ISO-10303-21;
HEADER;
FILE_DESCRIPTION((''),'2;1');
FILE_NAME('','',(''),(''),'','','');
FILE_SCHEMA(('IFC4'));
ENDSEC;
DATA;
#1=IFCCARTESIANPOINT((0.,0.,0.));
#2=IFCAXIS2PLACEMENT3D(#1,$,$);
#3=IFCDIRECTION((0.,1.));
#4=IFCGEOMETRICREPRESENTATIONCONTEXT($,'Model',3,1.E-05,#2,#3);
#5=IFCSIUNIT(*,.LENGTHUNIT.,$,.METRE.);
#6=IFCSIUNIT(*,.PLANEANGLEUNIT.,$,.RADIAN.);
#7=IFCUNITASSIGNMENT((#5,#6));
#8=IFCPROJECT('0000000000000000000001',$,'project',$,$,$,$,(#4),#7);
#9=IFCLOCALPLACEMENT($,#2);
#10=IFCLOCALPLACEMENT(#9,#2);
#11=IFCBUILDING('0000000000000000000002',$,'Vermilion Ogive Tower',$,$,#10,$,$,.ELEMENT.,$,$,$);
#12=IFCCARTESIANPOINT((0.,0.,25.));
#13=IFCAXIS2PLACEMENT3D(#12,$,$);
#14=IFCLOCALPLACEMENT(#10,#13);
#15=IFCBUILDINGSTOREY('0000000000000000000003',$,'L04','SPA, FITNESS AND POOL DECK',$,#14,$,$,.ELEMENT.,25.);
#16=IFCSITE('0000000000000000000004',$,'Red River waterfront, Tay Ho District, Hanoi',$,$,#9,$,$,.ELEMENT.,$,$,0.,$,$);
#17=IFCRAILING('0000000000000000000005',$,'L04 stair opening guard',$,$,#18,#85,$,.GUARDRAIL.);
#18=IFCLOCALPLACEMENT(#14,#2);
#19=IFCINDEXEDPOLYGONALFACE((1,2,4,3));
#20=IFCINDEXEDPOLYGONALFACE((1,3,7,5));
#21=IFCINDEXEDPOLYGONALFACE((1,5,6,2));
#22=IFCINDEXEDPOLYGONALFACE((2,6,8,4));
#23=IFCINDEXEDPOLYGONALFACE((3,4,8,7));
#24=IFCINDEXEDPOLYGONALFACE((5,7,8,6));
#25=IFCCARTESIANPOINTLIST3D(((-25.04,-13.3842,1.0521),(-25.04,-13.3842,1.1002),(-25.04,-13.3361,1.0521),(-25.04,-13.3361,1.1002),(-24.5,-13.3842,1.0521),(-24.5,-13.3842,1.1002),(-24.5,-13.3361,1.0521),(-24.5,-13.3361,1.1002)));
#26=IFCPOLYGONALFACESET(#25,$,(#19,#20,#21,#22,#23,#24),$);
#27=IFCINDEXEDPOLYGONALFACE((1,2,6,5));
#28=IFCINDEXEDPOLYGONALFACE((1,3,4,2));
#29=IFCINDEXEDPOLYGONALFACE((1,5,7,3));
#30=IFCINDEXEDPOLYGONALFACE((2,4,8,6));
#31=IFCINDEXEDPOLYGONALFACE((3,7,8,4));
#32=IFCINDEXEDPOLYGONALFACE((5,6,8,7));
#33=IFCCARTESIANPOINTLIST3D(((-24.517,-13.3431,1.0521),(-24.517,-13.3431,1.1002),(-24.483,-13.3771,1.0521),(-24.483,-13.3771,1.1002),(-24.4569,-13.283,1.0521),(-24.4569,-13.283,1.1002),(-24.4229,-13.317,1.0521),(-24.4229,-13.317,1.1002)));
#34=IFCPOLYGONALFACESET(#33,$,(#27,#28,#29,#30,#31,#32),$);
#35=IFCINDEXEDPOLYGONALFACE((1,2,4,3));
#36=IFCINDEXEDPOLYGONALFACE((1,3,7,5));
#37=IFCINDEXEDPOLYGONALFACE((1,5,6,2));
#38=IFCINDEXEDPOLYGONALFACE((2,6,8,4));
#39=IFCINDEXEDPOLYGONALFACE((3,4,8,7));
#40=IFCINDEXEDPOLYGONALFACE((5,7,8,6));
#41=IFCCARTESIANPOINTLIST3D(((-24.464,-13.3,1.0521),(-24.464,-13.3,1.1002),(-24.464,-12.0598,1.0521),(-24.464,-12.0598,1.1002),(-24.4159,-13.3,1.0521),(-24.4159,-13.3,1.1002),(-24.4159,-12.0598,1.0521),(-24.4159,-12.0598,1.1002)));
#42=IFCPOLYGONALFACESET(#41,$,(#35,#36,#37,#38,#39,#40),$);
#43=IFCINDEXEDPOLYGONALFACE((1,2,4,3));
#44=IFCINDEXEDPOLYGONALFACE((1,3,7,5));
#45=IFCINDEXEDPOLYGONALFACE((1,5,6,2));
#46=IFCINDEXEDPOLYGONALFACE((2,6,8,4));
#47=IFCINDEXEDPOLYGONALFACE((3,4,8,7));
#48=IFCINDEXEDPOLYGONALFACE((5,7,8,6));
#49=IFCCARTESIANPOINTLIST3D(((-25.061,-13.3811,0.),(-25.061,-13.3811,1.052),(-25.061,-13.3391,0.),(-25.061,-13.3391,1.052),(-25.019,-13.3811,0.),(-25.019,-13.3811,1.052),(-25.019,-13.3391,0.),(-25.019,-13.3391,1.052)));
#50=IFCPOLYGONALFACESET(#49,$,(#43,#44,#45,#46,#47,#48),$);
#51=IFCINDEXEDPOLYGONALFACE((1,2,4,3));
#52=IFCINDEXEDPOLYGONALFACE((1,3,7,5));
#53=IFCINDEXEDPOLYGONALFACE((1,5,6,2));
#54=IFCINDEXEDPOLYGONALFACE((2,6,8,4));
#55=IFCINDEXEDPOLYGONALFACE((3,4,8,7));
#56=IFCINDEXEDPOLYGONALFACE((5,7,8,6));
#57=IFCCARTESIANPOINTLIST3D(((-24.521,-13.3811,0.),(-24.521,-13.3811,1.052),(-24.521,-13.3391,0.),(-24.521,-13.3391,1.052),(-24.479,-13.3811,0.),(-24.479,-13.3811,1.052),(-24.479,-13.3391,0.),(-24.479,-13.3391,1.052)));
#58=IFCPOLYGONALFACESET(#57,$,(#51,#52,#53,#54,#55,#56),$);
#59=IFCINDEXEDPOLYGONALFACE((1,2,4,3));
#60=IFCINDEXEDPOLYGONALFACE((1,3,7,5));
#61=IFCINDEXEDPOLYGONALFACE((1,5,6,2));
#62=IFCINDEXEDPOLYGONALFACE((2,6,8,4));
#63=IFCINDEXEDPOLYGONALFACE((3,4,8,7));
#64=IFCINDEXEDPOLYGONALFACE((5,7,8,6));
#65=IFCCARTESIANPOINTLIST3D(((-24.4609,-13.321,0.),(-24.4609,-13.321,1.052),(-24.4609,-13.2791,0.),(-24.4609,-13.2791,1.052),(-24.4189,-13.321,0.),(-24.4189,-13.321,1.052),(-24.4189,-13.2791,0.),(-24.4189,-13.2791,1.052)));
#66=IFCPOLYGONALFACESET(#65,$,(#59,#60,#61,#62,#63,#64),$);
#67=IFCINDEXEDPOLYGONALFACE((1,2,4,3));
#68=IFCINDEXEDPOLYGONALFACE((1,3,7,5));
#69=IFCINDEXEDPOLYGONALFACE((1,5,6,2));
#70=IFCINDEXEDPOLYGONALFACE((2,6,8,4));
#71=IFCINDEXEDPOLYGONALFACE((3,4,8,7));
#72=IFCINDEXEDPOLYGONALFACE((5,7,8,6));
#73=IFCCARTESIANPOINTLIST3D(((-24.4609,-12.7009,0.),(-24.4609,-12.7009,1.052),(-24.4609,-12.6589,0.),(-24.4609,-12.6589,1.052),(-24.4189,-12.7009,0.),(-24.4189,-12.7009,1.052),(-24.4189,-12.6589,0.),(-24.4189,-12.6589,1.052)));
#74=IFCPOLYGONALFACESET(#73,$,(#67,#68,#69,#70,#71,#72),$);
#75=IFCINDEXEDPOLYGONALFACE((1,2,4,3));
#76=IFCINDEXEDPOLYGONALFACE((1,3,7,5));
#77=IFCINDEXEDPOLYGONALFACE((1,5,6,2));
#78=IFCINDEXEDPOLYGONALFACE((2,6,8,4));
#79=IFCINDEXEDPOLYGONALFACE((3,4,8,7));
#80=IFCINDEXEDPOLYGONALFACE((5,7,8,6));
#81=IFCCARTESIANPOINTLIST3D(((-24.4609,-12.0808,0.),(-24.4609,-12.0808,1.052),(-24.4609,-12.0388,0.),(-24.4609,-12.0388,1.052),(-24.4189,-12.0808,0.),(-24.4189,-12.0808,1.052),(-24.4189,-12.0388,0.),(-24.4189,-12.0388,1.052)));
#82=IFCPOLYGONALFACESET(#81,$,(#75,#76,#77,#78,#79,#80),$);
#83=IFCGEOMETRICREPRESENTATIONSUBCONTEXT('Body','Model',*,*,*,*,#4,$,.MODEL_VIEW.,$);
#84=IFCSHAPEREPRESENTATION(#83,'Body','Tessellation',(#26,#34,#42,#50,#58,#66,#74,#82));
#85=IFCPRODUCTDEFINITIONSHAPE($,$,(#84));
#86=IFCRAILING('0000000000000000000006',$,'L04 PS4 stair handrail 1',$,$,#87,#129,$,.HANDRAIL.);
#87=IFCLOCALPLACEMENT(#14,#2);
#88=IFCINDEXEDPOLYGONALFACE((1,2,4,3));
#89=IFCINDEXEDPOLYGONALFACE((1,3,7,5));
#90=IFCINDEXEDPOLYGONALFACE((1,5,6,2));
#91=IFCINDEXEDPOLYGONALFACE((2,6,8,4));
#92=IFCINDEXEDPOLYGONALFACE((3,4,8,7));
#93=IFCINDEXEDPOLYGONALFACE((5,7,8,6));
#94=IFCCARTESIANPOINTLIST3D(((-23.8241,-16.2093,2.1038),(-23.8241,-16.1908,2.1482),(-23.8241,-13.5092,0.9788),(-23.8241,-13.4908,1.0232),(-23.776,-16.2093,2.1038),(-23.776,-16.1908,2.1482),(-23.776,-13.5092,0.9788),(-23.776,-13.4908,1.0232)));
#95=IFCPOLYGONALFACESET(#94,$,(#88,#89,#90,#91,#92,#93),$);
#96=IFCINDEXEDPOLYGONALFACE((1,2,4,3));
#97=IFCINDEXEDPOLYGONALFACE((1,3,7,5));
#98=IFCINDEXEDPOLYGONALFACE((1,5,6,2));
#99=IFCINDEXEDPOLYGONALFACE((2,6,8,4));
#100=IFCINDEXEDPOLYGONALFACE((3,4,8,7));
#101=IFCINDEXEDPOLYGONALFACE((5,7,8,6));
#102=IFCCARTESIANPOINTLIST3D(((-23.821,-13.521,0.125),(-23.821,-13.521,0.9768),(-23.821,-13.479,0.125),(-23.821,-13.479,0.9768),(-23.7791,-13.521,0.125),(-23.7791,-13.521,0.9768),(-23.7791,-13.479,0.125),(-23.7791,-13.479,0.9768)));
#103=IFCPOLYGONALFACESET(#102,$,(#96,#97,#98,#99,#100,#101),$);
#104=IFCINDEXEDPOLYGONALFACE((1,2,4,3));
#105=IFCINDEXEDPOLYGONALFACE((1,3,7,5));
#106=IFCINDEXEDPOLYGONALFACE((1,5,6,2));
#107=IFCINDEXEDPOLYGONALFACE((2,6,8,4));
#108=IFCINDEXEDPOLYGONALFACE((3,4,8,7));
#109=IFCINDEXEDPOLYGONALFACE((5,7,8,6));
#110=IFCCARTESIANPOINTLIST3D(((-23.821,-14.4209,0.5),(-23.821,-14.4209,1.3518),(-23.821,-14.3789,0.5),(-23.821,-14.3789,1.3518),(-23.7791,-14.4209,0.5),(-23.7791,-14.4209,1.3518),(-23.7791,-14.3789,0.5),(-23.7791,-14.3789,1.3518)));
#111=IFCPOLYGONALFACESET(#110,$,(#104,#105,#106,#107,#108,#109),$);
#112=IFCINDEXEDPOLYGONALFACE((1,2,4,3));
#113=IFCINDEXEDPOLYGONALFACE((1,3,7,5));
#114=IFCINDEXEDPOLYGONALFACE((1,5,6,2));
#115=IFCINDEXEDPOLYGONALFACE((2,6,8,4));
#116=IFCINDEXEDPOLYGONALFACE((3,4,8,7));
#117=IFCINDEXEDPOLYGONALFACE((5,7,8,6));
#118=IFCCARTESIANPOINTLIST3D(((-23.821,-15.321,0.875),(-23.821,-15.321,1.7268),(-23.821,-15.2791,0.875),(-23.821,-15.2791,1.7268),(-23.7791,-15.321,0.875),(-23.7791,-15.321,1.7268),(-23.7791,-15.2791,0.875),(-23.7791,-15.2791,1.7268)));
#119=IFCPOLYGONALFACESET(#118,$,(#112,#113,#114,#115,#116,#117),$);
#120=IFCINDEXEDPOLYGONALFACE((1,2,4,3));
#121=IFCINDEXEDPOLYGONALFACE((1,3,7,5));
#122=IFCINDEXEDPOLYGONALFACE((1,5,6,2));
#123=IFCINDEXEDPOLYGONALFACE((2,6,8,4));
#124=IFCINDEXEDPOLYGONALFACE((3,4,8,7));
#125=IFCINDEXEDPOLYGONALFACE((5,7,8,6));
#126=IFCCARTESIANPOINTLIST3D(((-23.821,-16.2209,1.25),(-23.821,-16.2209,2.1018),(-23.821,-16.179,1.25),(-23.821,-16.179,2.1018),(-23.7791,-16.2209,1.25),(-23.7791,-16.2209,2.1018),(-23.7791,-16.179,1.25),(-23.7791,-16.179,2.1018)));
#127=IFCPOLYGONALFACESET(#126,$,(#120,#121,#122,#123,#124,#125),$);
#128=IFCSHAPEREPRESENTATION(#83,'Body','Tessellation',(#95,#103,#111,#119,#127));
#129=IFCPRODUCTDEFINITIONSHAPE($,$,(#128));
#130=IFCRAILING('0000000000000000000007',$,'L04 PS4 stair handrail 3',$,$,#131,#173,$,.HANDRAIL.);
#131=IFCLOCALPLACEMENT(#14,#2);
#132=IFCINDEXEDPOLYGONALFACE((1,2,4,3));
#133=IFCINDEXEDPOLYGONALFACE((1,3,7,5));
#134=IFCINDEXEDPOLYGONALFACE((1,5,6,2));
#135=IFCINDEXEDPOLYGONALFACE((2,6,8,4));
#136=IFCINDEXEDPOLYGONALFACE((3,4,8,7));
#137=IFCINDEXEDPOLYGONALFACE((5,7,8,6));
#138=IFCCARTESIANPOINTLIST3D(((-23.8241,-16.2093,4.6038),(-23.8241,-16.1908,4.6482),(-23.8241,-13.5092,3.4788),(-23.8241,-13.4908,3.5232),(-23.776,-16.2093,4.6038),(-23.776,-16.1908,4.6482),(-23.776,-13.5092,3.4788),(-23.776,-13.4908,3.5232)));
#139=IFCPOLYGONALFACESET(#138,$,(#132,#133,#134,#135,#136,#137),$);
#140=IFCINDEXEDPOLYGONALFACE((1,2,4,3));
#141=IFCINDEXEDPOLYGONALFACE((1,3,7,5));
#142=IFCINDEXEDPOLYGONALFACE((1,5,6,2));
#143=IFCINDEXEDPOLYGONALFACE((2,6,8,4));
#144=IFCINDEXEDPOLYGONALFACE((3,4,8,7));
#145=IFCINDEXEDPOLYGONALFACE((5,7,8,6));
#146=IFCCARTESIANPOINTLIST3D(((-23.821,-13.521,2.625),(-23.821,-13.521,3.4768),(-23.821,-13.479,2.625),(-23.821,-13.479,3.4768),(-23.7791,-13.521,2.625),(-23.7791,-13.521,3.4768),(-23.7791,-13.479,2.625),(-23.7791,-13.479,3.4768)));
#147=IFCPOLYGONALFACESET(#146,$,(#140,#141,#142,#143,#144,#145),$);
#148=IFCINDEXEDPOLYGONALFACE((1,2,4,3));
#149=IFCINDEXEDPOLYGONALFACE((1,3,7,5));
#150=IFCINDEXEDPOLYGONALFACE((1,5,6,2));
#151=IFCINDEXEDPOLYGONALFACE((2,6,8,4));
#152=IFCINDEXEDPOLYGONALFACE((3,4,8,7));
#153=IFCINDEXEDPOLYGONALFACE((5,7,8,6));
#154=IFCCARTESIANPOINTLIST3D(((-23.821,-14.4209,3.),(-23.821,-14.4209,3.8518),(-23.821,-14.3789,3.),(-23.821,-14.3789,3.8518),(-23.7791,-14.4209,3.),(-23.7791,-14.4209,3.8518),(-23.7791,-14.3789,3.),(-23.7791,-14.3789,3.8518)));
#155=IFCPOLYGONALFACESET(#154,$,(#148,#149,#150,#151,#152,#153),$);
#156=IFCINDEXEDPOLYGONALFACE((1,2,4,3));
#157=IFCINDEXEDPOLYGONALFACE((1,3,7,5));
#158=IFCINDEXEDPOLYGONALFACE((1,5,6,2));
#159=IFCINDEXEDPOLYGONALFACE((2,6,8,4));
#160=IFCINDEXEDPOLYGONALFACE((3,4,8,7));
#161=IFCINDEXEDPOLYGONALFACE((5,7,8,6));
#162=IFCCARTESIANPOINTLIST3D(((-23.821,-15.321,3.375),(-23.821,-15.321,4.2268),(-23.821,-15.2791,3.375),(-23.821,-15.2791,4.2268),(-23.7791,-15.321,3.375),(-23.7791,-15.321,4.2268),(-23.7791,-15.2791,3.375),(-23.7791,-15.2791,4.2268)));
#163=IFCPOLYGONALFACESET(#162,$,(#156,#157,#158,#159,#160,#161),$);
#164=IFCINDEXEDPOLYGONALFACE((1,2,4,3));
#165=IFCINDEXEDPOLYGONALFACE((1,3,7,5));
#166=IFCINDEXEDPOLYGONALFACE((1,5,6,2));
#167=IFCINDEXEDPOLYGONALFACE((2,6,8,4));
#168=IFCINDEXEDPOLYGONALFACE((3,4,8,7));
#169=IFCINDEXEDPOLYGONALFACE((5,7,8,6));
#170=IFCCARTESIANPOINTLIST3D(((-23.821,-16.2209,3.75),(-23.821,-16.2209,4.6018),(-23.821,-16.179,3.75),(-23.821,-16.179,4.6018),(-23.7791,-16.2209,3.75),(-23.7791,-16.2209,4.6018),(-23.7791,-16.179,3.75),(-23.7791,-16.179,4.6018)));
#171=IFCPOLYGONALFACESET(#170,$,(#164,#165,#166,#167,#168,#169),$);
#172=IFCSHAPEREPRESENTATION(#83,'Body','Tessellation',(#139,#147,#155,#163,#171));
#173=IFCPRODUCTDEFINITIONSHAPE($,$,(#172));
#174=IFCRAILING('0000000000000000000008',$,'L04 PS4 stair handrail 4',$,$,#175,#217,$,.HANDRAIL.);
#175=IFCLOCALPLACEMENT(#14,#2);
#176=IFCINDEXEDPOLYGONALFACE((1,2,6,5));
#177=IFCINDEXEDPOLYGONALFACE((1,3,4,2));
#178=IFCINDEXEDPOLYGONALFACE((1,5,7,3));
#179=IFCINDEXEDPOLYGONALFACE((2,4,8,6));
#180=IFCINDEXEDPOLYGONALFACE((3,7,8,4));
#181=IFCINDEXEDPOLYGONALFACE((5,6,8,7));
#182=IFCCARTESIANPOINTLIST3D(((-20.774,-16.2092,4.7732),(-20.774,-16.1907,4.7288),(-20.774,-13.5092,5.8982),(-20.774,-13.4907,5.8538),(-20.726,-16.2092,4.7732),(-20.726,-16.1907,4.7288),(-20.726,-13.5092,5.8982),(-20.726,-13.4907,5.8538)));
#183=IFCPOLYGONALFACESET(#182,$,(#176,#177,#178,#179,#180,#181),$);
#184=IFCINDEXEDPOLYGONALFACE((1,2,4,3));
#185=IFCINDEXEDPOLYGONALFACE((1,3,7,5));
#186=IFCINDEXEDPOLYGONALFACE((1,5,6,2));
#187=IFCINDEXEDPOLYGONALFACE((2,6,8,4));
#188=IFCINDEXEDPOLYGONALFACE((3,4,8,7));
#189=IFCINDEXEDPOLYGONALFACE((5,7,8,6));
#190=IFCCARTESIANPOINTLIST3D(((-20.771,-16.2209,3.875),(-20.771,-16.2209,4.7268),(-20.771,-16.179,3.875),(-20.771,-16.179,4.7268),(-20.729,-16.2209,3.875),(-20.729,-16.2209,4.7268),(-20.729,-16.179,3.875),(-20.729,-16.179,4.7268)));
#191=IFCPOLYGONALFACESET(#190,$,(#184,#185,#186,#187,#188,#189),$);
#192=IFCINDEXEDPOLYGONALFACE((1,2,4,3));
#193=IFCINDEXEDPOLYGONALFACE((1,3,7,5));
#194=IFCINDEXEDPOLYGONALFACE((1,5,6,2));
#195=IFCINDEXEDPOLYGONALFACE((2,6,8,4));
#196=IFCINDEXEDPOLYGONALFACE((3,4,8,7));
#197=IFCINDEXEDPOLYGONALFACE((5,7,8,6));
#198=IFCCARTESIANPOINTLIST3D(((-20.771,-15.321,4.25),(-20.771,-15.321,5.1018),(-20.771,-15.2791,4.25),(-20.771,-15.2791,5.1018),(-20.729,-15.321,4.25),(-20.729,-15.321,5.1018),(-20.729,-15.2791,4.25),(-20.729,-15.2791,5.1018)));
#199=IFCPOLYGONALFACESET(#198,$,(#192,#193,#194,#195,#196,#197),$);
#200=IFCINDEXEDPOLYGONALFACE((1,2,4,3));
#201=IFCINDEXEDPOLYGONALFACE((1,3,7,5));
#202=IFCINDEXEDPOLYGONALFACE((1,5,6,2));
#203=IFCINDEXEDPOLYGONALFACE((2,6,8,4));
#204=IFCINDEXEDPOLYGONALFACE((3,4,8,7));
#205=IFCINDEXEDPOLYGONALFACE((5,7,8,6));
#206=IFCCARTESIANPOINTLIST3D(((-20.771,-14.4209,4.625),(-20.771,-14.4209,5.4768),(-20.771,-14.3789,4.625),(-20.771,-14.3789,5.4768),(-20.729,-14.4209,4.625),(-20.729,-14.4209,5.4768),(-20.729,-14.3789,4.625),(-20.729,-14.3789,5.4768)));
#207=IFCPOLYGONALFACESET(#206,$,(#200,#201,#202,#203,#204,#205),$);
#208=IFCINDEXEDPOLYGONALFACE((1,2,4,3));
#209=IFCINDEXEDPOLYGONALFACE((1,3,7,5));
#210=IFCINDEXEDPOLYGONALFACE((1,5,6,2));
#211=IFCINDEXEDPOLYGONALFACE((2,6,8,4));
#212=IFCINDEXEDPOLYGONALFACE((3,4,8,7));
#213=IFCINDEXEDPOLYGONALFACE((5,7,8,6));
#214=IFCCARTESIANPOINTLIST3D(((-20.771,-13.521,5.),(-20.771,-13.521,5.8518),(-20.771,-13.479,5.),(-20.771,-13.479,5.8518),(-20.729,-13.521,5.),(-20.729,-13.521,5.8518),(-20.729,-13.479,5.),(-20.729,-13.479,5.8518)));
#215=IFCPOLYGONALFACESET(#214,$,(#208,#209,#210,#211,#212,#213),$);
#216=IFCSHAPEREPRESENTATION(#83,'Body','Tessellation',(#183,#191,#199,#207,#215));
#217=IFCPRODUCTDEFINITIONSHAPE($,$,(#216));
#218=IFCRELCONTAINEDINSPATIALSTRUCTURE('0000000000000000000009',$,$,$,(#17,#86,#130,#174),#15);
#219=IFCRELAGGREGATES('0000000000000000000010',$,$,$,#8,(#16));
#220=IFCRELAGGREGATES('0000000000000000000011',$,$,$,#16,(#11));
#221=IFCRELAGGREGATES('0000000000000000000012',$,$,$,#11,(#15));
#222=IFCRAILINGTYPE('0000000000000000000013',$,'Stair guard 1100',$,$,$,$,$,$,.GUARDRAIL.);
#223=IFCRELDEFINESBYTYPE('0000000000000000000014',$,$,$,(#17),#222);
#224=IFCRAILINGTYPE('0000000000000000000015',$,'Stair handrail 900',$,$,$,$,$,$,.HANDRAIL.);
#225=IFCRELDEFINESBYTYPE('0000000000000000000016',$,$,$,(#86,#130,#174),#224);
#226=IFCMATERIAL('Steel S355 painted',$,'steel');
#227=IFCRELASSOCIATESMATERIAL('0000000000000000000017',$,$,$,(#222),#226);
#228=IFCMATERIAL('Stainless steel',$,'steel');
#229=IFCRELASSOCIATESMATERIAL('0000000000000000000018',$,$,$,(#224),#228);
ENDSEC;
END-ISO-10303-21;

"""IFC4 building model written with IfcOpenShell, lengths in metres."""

from ifc_helpers import new_model, si_unit, direction, frame, origin, origin_2d, place, context, subcontext, project, spatial, rectangle, extrude, material, type_object, element, save


model = new_model("IFC4")

# Units and contexts
model_context = context("Model", 3, precision=1e-05, world=origin(), true_north=direction((0.0, 1.0)))
body_context = subcontext(model_context, "Body", "Model", "MODEL_VIEW")
ifc_project = project(units=[si_unit("LENGTHUNIT", "METRE"), si_unit("PLANEANGLEUNIT", "RADIAN")], contexts=[model_context])

# Site, building, storey
site_placement = place(None, origin())
site = spatial("IfcSite", under=ifc_project, at=site_placement, Name="Red River waterfront, Tay Ho District, Hanoi", CompositionType="ELEMENT", RefElevation=0.0)
building_placement = place(site_placement, origin())
building = spatial("IfcBuilding", under=site, at=building_placement, Name="Vermilion Ogive Tower", CompositionType="ELEMENT")
storey_placement = place(building_placement, frame((0.0, 0.0, 25.0)))
storey = spatial("IfcBuildingStorey", under=building, at=storey_placement, Name="L04", Description="SPA, FITNESS AND POOL DECK", CompositionType="ELEMENT", Elevation=25.0)

# Railings
ifc_material_1 = material(Name="Steel S355 painted", Category="steel")
railing_type_1 = type_object("IfcRailingType", Name="Stair guard 1100", PredefinedType="GUARDRAIL", material=ifc_material_1)
railing_1_placement = place(storey_placement, frame((-25.04, -13.3601, 0.0)))
element("IfcRailing", 1, at=railing_1_placement, inside=storey, type_object=railing_type_1, Name="L04 stair opening guard", PredefinedType="GUARDRAIL", context=body_context, shape_type="SweptSolid", body=[
    extrude(rectangle(XDim=0.0481, YDim=0.0481, at=origin_2d()), frame((0.0, 0.0, 1.0762), z_axis=(1.0, 0.0, 0.0), x_axis=(0.0, 1.0, 0.0)), (0.0, 0.0, 1.0), 0.54),
    extrude(rectangle(XDim=0.0481, YDim=0.0481, at=origin_2d()), frame((0.54, 0.0, 1.0762), z_axis=(0.707107, 0.707107, 0.0), x_axis=(-0.707107, 0.707107, 0.0)), (0.0, 0.0, 1.0), 0.085),
    extrude(rectangle(XDim=0.0481, YDim=0.0481, at=origin_2d()), frame((0.6001, 0.0601, 1.0762), z_axis=(0.0, 1.0, 0.0), x_axis=(-1.0, 0.0, 0.0)), (0.0, 0.0, 1.0), 1.2402),
    extrude(rectangle(XDim=0.042, YDim=0.042, at=origin_2d()), origin(), (0.0, 0.0, 1.0), 1.052),
    extrude(rectangle(XDim=0.042, YDim=0.042, at=origin_2d()), frame((0.54, 0.0, 0.0)), (0.0, 0.0, 1.0), 1.052),
    extrude(rectangle(XDim=0.042, YDim=0.042, at=origin_2d()), frame((0.6001, 0.0601, 0.0)), (0.0, 0.0, 1.0), 1.052),
    extrude(rectangle(XDim=0.042, YDim=0.042, at=origin_2d()), frame((0.6001, 0.6802, 0.0)), (0.0, 0.0, 1.0), 1.052),
    extrude(rectangle(XDim=0.042, YDim=0.042, at=origin_2d()), frame((0.6001, 1.3003, 0.0)), (0.0, 0.0, 1.0), 1.052),
])
ifc_material_2 = material(Name="Stainless steel", Category="steel")
railing_type_2 = type_object("IfcRailingType", Name="Stair handrail 900", PredefinedType="HANDRAIL", material=ifc_material_2)
for number, where, name in (
    (2, (-23.8, -13.5, 0.125), "L04 PS4 stair handrail 1"),
    (3, (-23.8, -13.5, 2.625), "L04 PS4 stair handrail 3"),
):
    element("IfcRailing", number, at=place(storey_placement, frame(where)), inside=storey, type_object=railing_type_2, Name=name, PredefinedType="HANDRAIL", context=body_context, shape_type="SweptSolid", body=[
        extrude(rectangle(XDim=0.0481, YDim=0.0481, at=origin_2d()), frame((0.0, 0.0, 0.876), z_axis=(0.0, -0.923074, 0.384621), x_axis=(1.0, 0.0, 0.0)), (0.0, 0.0, 1.0), 2.925),
        extrude(rectangle(XDim=0.042, YDim=0.042, at=origin_2d()), origin(), (0.0, 0.0, 1.0), 0.8518),
        extrude(rectangle(XDim=0.042, YDim=0.042, at=origin_2d()), frame((0.0, -0.8999, 0.375)), (0.0, 0.0, 1.0), 0.8518),
        extrude(rectangle(XDim=0.042, YDim=0.042, at=origin_2d()), frame((0.0, -1.8, 0.75)), (0.0, 0.0, 1.0), 0.8518),
        extrude(rectangle(XDim=0.042, YDim=0.042, at=origin_2d()), frame((0.0, -2.7, 1.125)), (0.0, 0.0, 1.0), 0.8518),
    ])
railing_2_placement = place(storey_placement, frame((-20.75, -16.2, 3.875)))
element("IfcRailing", 4, at=railing_2_placement, inside=storey, type_object=railing_type_2, Name="L04 PS4 stair handrail 4", PredefinedType="HANDRAIL", context=body_context, shape_type="SweptSolid", body=[
    extrude(rectangle(XDim=0.0481, YDim=0.0481, at=origin_2d()), frame((0.0, 0.0, 0.876), z_axis=(0.0, 0.923074, 0.384621), x_axis=(-1.0, 0.0, 0.0)), (0.0, 0.0, 1.0), 2.925),
    extrude(rectangle(XDim=0.042, YDim=0.042, at=origin_2d()), origin(), (0.0, 0.0, 1.0), 0.8518),
    extrude(rectangle(XDim=0.042, YDim=0.042, at=origin_2d()), frame((0.0, 0.8999, 0.375)), (0.0, 0.0, 1.0), 0.8518),
    extrude(rectangle(XDim=0.042, YDim=0.042, at=origin_2d()), frame((0.0, 1.8, 0.75)), (0.0, 0.0, 1.0), 0.8518),
    extrude(rectangle(XDim=0.042, YDim=0.042, at=origin_2d()), frame((0.0, 2.7, 1.125)), (0.0, 0.0, 1.0), 0.8518),
])

save(model, "model.ifc")
